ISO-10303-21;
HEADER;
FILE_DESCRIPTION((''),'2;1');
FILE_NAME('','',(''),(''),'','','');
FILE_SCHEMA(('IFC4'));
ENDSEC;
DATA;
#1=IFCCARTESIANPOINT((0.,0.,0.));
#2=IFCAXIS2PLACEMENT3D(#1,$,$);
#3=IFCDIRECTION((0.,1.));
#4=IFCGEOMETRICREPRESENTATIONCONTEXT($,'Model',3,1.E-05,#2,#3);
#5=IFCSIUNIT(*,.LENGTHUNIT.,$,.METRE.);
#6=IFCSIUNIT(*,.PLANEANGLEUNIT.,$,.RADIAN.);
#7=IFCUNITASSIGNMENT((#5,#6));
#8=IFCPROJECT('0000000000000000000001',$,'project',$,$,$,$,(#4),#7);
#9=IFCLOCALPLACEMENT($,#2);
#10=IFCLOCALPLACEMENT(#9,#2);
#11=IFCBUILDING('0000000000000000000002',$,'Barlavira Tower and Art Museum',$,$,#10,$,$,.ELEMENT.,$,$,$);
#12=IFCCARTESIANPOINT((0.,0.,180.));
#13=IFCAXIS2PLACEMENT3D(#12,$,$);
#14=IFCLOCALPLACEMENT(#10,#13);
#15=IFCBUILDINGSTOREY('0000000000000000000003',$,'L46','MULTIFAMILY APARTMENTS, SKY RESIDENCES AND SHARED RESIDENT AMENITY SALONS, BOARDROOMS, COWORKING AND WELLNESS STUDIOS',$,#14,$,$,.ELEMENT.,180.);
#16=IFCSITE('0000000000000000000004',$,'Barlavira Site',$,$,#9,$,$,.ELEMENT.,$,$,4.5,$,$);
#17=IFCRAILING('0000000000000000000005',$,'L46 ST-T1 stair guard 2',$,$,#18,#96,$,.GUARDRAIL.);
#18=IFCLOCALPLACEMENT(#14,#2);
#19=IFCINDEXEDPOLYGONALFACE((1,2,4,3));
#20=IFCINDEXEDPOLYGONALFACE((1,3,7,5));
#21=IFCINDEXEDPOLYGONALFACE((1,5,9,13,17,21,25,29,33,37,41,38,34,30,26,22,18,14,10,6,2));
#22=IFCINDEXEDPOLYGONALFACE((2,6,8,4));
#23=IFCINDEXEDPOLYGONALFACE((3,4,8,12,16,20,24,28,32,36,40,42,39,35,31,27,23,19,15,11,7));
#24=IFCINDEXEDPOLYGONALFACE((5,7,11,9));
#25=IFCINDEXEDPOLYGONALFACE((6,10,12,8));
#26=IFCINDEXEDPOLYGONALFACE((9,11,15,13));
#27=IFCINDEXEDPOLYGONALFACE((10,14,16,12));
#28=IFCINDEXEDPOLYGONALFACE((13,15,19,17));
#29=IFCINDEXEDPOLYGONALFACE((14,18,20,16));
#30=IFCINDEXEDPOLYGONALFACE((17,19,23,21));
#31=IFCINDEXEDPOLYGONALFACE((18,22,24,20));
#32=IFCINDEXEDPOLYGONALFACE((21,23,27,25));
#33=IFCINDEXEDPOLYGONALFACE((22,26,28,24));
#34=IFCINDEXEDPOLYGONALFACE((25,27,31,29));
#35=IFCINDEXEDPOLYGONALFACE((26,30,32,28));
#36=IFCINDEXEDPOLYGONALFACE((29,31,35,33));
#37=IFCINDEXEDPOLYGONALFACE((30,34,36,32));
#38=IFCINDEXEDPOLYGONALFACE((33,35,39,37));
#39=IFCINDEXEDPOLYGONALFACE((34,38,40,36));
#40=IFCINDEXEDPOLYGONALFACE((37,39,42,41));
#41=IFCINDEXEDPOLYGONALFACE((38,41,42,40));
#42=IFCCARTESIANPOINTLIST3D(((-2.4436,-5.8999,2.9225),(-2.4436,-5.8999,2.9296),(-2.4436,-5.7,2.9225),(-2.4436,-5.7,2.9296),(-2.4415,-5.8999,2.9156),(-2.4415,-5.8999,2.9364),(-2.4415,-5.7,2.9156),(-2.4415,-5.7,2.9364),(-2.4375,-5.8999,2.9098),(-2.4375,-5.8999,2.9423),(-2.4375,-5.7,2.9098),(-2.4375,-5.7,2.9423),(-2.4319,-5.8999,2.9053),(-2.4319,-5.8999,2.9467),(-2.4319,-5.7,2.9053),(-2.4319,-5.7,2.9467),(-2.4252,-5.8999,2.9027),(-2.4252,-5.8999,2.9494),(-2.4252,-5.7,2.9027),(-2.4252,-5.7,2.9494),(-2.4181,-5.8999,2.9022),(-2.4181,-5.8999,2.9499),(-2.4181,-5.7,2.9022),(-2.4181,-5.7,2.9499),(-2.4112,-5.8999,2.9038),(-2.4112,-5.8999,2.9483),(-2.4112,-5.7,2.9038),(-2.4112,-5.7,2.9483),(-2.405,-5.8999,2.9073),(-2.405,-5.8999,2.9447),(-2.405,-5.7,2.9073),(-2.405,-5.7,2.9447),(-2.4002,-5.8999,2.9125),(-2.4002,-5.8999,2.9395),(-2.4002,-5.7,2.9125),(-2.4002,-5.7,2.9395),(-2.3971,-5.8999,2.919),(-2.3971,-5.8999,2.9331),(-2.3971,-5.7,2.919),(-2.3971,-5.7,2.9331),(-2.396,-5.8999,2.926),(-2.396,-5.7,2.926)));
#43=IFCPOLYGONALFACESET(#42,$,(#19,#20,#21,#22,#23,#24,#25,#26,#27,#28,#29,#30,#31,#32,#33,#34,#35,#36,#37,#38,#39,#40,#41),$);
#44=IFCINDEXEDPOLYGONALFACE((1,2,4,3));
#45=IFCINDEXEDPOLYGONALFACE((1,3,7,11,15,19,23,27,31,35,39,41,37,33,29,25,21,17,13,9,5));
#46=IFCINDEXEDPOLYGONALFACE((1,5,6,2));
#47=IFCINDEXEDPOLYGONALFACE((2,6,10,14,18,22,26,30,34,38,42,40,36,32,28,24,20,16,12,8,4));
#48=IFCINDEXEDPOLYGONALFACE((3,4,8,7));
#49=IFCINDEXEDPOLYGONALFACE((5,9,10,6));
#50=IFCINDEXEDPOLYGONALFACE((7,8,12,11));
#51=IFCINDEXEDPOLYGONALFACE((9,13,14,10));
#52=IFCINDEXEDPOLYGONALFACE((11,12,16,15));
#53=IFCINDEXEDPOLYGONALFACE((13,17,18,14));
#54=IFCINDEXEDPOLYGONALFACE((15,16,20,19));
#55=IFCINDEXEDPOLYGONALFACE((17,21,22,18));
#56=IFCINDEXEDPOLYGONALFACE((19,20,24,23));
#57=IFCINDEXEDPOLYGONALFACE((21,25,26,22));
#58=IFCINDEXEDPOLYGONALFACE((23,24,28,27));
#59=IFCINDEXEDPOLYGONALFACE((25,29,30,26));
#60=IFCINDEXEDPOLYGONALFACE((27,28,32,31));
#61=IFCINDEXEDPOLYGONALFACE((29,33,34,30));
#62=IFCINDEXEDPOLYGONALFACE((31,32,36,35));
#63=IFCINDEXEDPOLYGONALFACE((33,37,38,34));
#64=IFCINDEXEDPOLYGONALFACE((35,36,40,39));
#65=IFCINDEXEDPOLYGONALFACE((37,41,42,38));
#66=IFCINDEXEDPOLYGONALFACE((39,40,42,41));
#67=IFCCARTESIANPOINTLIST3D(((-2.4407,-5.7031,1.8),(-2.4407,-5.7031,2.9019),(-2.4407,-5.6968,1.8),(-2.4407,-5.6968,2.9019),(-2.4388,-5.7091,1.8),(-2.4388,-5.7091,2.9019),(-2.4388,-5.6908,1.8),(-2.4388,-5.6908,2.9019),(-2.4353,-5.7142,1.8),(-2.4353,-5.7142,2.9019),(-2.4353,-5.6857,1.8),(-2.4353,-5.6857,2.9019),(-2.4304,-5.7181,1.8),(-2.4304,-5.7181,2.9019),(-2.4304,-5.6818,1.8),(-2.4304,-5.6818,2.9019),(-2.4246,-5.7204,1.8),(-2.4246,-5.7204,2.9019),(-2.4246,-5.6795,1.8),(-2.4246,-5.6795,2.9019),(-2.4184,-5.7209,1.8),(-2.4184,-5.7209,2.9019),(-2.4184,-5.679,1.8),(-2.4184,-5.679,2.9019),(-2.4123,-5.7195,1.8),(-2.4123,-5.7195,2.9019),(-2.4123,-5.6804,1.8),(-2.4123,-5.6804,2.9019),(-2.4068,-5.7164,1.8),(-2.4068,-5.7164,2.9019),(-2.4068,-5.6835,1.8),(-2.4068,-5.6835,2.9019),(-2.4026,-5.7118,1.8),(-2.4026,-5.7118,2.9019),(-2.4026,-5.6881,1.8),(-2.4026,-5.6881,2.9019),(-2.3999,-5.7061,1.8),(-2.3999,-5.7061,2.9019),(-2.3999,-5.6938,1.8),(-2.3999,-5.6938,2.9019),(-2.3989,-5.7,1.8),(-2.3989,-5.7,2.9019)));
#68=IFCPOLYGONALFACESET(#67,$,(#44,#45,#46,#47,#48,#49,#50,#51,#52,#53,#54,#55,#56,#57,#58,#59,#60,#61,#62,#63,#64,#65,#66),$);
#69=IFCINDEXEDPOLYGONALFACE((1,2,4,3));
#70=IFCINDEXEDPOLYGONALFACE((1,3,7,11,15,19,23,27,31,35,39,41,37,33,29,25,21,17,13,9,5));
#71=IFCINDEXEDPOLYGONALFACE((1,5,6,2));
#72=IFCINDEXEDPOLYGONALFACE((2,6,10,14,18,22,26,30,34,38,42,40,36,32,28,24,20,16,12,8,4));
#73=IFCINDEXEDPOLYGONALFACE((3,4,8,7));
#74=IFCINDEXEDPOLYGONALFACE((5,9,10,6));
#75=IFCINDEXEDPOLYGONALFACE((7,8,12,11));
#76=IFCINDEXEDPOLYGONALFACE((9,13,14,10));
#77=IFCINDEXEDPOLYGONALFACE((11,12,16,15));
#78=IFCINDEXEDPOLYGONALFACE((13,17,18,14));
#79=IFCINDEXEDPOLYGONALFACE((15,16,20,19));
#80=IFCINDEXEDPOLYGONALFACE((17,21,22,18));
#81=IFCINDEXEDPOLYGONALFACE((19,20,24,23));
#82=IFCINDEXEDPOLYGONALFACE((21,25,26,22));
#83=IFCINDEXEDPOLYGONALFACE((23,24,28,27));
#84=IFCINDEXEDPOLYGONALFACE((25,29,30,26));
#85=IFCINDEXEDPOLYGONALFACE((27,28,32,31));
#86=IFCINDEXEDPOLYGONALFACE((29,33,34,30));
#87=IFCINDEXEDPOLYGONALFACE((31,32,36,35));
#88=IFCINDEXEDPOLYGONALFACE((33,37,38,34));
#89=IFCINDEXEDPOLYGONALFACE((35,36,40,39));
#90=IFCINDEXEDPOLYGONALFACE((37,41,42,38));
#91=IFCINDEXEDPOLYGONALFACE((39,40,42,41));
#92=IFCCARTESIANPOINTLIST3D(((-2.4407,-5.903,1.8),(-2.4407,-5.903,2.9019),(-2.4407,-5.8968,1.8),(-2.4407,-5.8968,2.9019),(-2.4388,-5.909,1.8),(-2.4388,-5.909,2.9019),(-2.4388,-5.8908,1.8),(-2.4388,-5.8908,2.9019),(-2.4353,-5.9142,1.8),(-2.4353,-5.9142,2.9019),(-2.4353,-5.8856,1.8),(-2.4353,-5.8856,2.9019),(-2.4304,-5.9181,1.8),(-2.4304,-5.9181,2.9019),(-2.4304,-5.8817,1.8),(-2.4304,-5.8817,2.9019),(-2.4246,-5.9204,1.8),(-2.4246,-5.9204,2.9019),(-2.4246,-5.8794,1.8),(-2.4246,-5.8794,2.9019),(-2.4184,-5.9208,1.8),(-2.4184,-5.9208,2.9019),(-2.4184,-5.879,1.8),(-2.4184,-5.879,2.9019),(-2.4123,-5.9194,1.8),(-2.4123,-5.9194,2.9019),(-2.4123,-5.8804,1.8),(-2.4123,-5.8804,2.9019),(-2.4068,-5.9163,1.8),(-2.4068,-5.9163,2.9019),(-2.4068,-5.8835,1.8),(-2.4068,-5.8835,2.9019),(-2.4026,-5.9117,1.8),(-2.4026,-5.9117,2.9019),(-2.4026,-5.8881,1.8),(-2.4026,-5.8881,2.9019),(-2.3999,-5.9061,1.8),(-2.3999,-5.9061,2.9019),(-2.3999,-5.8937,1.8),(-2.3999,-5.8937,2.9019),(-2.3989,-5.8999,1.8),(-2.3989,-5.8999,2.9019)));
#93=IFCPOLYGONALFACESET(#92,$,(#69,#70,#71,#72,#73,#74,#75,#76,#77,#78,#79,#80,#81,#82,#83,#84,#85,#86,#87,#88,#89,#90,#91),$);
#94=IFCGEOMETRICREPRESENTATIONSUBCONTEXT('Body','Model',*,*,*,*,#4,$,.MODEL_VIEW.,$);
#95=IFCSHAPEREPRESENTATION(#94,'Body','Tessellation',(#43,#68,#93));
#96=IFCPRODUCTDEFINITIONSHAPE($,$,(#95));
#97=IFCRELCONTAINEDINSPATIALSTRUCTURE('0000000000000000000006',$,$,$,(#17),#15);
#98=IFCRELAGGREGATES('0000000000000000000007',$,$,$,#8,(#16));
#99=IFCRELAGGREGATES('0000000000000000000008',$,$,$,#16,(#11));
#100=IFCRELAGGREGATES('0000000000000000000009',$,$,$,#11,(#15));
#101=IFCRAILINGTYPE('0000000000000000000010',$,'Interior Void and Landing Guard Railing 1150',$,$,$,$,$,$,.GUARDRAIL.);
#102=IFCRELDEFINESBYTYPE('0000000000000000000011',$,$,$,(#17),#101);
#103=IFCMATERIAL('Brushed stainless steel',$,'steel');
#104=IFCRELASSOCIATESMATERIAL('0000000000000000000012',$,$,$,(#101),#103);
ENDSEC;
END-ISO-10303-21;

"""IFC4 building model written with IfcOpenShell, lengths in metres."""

from ifc_helpers import new_model, si_unit, direction, frame, origin, origin_2d, place, context, subcontext, project, spatial, circle, extrude, material, type_object, element, save


model = new_model("IFC4")

# Units and contexts
model_context = context("Model", 3, precision=1e-05, world=origin(), true_north=direction((0.0, 1.0)))
body_context = subcontext(model_context, "Body", "Model", "MODEL_VIEW")
ifc_project = project(units=[si_unit("LENGTHUNIT", "METRE"), si_unit("PLANEANGLEUNIT", "RADIAN")], contexts=[model_context])

# Site, building, storey
site_placement = place(None, origin())
site = spatial("IfcSite", under=ifc_project, at=site_placement, Name="Barlavira Site", CompositionType="ELEMENT", RefElevation=4.5)
building_placement = place(site_placement, origin())
building = spatial("IfcBuilding", under=site, at=building_placement, Name="Barlavira Tower and Art Museum", CompositionType="ELEMENT")
storey_placement = place(building_placement, frame((0.0, 0.0, 180.0)))
storey = spatial("IfcBuildingStorey", under=building, at=storey_placement, Name="L46", Description="MULTIFAMILY APARTMENTS, SKY RESIDENCES AND SHARED RESIDENT AMENITY SALONS, BOARDROOMS, COWORKING AND WELLNESS STUDIOS", CompositionType="ELEMENT", Elevation=180.0)

# Shared definitions
ifc_material_1 = material(Name="Brushed stainless steel", Category="steel")

# Railing
railing_type_1 = type_object("IfcRailingType", Name="Interior Void and Landing Guard Railing 1150", PredefinedType="GUARDRAIL", material=ifc_material_1)
railing_1_placement = place(storey_placement, frame((-2.4199, -5.7, 1.8)))
element("IfcRailing", 1, at=railing_1_placement, inside=storey, type_object=railing_type_1, Name="L46 ST-T1 stair guard 2", PredefinedType="GUARDRAIL", context=body_context, shape_type="SweptSolid", body=[
    extrude(circle(Radius=0.0239, at=origin_2d()), frame((0.0, 0.0, 1.126), z_axis=(0.0, -1.0, 0.0), x_axis=(1.0, 0.0, 0.0)), (0.0, 0.0, 1.0), 0.2),
    extrude(circle(Radius=0.021, at=origin_2d()), origin(), (0.0, 0.0, 1.0), 1.1018),
    extrude(circle(Radius=0.021, at=origin_2d()), frame((0.0, -0.2, 0.0)), (0.0, 0.0, 1.0), 1.1018),
])

save(model, "model.ifc")
